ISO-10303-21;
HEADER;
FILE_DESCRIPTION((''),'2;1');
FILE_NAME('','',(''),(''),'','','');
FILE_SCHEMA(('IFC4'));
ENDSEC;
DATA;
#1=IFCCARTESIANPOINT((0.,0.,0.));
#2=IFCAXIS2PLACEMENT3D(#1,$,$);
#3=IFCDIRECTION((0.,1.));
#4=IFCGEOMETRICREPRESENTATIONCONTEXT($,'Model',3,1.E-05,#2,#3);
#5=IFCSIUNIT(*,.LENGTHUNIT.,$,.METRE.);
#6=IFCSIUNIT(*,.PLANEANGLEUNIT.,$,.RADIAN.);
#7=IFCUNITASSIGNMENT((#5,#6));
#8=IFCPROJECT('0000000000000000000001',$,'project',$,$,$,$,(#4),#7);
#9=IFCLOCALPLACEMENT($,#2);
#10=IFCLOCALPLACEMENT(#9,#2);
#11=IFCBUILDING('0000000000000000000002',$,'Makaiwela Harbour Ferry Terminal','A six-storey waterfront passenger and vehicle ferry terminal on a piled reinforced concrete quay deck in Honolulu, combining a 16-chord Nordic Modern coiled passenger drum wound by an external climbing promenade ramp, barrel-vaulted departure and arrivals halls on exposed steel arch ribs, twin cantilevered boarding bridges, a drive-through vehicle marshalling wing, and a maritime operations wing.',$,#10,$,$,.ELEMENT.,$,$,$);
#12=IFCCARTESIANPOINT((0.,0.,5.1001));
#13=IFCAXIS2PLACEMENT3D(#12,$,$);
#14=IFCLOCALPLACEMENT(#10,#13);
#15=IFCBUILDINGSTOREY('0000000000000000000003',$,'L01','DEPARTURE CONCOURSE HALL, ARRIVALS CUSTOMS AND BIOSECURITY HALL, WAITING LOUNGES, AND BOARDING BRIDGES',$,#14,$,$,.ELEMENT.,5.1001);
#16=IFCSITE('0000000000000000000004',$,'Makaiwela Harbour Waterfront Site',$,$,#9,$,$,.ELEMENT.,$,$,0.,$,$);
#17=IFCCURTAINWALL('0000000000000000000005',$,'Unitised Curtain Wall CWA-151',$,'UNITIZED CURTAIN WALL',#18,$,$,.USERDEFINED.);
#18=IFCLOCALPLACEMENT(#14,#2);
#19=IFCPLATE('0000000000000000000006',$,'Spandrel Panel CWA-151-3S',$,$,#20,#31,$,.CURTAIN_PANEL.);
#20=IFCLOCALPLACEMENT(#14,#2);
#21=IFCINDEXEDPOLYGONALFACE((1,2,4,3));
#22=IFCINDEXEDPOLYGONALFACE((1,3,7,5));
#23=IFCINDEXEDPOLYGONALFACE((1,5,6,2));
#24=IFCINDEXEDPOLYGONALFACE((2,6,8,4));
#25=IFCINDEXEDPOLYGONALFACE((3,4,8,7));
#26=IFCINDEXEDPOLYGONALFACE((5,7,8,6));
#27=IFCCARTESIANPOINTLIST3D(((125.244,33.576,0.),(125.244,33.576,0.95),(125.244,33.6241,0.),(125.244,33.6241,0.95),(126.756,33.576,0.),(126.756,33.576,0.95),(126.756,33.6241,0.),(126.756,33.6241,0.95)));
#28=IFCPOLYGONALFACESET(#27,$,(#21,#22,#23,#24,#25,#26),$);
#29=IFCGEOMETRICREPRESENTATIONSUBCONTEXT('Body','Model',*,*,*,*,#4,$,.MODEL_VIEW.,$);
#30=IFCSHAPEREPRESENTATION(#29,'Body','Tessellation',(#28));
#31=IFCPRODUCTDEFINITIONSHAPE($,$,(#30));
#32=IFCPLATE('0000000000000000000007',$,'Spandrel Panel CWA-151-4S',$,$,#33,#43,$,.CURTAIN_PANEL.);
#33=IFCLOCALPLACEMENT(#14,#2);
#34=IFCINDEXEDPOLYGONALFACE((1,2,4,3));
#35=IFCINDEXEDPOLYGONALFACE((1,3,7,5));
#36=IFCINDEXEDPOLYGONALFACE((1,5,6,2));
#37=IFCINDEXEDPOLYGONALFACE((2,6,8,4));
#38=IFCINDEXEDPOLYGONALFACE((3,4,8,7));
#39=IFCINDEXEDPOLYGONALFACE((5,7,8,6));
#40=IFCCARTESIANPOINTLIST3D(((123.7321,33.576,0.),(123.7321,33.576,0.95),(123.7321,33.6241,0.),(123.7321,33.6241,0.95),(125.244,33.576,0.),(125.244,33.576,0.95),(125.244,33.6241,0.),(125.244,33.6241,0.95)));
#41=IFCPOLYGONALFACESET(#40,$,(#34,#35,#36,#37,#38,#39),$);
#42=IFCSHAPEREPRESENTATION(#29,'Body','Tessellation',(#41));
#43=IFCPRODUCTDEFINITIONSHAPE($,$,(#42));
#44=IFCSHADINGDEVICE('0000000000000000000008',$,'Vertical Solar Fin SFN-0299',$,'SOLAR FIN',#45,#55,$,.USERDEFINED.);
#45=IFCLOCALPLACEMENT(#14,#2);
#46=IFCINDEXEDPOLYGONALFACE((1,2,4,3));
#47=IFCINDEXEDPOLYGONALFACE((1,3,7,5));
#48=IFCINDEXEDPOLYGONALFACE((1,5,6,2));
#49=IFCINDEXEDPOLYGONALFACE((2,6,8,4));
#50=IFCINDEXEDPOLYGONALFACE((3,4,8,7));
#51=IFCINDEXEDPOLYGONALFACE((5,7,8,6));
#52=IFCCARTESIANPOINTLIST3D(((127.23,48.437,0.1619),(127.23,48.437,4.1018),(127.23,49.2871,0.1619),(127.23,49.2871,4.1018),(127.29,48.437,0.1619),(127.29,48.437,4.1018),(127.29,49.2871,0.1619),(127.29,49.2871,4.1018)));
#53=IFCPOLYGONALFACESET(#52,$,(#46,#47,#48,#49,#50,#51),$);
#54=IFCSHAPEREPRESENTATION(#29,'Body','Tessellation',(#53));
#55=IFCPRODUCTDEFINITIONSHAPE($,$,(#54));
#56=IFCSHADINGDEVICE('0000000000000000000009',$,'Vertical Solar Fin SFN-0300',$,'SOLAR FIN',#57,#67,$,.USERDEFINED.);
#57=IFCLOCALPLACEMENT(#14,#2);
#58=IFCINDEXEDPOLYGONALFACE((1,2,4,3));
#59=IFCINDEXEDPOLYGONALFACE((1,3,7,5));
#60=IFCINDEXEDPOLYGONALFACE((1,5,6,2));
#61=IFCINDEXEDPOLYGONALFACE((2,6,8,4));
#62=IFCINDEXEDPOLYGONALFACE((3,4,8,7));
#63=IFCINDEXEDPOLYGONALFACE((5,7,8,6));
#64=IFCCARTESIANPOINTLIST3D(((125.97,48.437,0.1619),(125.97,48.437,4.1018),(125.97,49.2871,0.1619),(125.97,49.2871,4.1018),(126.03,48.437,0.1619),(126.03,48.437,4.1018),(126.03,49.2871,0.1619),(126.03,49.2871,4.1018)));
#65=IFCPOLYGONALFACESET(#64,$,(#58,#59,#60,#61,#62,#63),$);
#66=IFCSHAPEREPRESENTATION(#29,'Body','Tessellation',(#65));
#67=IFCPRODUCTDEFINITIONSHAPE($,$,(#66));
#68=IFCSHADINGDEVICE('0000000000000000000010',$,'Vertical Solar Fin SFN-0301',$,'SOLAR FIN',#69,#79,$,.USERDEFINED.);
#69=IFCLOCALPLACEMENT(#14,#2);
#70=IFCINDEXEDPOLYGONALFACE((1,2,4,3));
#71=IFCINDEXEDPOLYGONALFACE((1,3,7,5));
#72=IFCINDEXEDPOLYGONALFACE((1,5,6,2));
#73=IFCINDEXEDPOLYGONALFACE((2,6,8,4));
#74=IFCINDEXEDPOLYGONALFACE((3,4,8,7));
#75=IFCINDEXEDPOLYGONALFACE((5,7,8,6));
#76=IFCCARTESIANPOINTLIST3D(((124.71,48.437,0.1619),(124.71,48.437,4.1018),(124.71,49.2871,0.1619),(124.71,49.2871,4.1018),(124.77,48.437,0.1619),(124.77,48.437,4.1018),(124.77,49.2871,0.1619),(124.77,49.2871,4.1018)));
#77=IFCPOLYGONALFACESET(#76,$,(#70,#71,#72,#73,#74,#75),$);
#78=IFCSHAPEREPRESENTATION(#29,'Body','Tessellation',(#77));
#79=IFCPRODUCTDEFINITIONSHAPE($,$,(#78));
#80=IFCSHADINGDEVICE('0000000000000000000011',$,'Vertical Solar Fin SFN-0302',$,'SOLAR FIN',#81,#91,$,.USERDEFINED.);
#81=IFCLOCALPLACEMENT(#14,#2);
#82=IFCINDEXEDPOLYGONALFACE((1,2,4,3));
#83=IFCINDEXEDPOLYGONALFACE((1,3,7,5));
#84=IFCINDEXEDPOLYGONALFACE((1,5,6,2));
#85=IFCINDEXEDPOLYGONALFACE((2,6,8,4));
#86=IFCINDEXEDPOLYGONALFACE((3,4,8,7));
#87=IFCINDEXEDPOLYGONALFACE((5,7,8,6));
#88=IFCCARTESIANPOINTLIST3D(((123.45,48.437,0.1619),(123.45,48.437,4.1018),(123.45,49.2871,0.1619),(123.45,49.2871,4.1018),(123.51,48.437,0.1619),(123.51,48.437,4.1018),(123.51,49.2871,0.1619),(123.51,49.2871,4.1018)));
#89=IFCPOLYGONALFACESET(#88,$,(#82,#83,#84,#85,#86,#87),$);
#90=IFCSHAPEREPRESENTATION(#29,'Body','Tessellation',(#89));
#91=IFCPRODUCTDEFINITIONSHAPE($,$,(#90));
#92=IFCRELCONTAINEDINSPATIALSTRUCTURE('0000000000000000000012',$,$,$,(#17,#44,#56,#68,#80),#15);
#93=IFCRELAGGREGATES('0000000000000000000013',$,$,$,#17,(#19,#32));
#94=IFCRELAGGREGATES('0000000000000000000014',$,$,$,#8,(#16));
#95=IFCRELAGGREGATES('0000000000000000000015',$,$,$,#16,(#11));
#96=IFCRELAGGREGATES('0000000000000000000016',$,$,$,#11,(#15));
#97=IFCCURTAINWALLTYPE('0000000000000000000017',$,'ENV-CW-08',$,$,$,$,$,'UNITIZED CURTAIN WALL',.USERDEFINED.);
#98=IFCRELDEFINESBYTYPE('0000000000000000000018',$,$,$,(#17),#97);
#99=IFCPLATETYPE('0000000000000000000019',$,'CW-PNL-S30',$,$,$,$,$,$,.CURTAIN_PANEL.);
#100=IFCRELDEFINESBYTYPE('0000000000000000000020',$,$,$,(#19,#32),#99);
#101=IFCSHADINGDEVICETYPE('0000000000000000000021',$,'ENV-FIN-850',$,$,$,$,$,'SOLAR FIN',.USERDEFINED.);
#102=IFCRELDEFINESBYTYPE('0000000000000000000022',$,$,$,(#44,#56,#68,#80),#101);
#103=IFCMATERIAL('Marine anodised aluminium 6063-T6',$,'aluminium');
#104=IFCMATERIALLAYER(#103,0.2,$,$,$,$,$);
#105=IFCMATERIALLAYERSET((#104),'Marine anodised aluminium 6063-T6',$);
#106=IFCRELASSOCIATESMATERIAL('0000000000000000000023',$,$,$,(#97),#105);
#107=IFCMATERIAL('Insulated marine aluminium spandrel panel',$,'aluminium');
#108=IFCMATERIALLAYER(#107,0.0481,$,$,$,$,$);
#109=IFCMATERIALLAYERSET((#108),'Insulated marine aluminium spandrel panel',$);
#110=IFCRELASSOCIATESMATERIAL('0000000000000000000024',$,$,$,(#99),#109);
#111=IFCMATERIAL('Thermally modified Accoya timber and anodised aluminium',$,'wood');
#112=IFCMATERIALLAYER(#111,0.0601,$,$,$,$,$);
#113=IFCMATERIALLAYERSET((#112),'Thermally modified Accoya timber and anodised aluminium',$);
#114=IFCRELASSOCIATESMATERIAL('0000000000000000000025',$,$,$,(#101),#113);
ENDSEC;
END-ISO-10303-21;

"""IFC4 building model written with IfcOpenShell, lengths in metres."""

from ifc_helpers import new_model, si_unit, direction, frame, origin, origin_2d, place, context, subcontext, project, spatial, rectangle, extrude, material, layer, layer_set, type_object, element, aggregate, save


model = new_model("IFC4")

# Units and contexts
model_context = context("Model", 3, precision=1e-05, world=origin(), true_north=direction((0.0, 1.0)))
body_context = subcontext(model_context, "Body", "Model", "MODEL_VIEW")
ifc_project = project(units=[si_unit("LENGTHUNIT", "METRE"), si_unit("PLANEANGLEUNIT", "RADIAN")], contexts=[model_context])

# Site, building, storey
site_placement = place(None, origin())
site = spatial("IfcSite", under=ifc_project, at=site_placement, Name="Makaiwela Harbour Waterfront Site", CompositionType="ELEMENT", RefElevation=0.0)
building_placement = place(site_placement, origin())
building = spatial("IfcBuilding", under=site, at=building_placement, Name="Makaiwela Harbour Ferry Terminal", Description="A six-storey waterfront passenger and vehicle ferry terminal on a piled reinforced concrete quay deck in Honolulu, combining a 16-chord Nordic Modern coiled passenger drum wound by an external climbing promenade ramp, barrel-vaulted departure and arrivals halls on exposed steel arch ribs, twin cantilevered boarding bridges, a drive-through vehicle marshalling wing, and a maritime operations wing.", CompositionType="ELEMENT")
storey_placement = place(building_placement, frame((0.0, 0.0, 5.1001)))
storey = spatial("IfcBuildingStorey", under=building, at=storey_placement, Name="L01", Description="DEPARTURE CONCOURSE HALL, ARRIVALS CUSTOMS AND BIOSECURITY HALL, WAITING LOUNGES, AND BOARDING BRIDGES", CompositionType="ELEMENT", Elevation=5.1001)

# Shared definitions
ifc_material_1 = material(Name="Marine anodised aluminium 6063-T6", Category="aluminium")
ifc_layer_1 = layer(ifc_material_1, 0.2)
ifc_layer_set_1 = layer_set([ifc_layer_1], Name="Marine anodised aluminium 6063-T6")
curtain_wall_type = type_object("IfcCurtainWallType", Name="ENV-CW-08", ElementType="UNITIZED CURTAIN WALL", PredefinedType="USERDEFINED", material=ifc_layer_set_1)

# Curtain wall
curtain_wall_1_placement = place(storey_placement, origin())
curtain_wall_1 = element("IfcCurtainWall", 1, at=curtain_wall_1_placement, inside=storey, type_object=curtain_wall_type, Name="Unitised Curtain Wall CWA-151", ObjectType="UNITIZED CURTAIN WALL", PredefinedType="USERDEFINED")

# Plates
ifc_material_2 = material(Name="Insulated marine aluminium spandrel panel", Category="aluminium")
ifc_layer_2 = layer(ifc_material_2, 0.0481)
ifc_layer_set_2 = layer_set([ifc_layer_2], Name="Insulated marine aluminium spandrel panel")
plate_type_1 = type_object("IfcPlateType", Name="CW-PNL-S30", PredefinedType="CURTAIN_PANEL", material=ifc_layer_set_2)
plate_1_placement = place(storey_placement, frame((126.0, 33.6001, 0.0), z_axis=(0.0, 0.0, 1.0), x_axis=(-1.0, 0.0, 0.0)))
plate_1 = element("IfcPlate", 2, at=plate_1_placement, type_object=plate_type_1, Name="Spandrel Panel CWA-151-3S", PredefinedType="CURTAIN_PANEL", context=body_context, shape_type="SweptSolid", body=[
    extrude(rectangle(XDim=1.512, YDim=0.0481, at=origin_2d()), origin(), (0.0, 0.0, 1.0), 0.95),
])
plate_2_placement = place(storey_placement, frame((124.488, 33.6001, 0.0), z_axis=(0.0, 0.0, 1.0), x_axis=(-1.0, 0.0, 0.0)))
plate_2 = element("IfcPlate", 3, at=plate_2_placement, type_object=plate_type_1, Name="Spandrel Panel CWA-151-4S", PredefinedType="CURTAIN_PANEL", context=body_context, shape_type="SweptSolid", body=[
    extrude(rectangle(XDim=1.512, YDim=0.0481, at=origin_2d()), origin(), (0.0, 0.0, 1.0), 0.95),
])
aggregate(curtain_wall_1, [plate_1, plate_2])

# Shading devices
ifc_material_3 = material(Name="Thermally modified Accoya timber and anodised aluminium", Category="wood")
ifc_layer_3 = layer(ifc_material_3, 0.0601)
ifc_layer_set_3 = layer_set([ifc_layer_3], Name="Thermally modified Accoya timber and anodised aluminium")
shading_device_type = type_object("IfcShadingDeviceType", Name="ENV-FIN-850", ElementType="SOLAR FIN", PredefinedType="USERDEFINED", material=ifc_layer_set_3)
for number, where, z_axis, x_axis, name in (
    (4, (127.26, 48.8621, 0.1619), (0.0, 0.0, 1.0), (0.0, -1.0, 0.0), "Vertical Solar Fin SFN-0299"),
    (5, (126.0, 48.8621, 0.1619), (0.0, 0.0, 1.0), (0.0, -1.0, 0.0), "Vertical Solar Fin SFN-0300"),
    (6, (124.74, 48.8621, 0.1619), (0.0, 0.0, 1.0), (0.0, -1.0, 0.0), "Vertical Solar Fin SFN-0301"),
    (7, (123.48, 48.8621, 0.1619), (0.0, 0.0, 1.0), (0.0, -1.0, 0.0), "Vertical Solar Fin SFN-0302"),
):
    element("IfcShadingDevice", number, at=place(storey_placement, frame(where, z_axis=z_axis, x_axis=x_axis)), inside=storey, type_object=shading_device_type, Name=name, ObjectType="SOLAR FIN", PredefinedType="USERDEFINED", context=body_context, shape_type="SweptSolid", body=[
        extrude(rectangle(XDim=0.8501, YDim=0.0601, at=origin_2d()), origin(), (0.0, 0.0, 1.0), 3.9399),
    ])

save(model, "model.ifc")
